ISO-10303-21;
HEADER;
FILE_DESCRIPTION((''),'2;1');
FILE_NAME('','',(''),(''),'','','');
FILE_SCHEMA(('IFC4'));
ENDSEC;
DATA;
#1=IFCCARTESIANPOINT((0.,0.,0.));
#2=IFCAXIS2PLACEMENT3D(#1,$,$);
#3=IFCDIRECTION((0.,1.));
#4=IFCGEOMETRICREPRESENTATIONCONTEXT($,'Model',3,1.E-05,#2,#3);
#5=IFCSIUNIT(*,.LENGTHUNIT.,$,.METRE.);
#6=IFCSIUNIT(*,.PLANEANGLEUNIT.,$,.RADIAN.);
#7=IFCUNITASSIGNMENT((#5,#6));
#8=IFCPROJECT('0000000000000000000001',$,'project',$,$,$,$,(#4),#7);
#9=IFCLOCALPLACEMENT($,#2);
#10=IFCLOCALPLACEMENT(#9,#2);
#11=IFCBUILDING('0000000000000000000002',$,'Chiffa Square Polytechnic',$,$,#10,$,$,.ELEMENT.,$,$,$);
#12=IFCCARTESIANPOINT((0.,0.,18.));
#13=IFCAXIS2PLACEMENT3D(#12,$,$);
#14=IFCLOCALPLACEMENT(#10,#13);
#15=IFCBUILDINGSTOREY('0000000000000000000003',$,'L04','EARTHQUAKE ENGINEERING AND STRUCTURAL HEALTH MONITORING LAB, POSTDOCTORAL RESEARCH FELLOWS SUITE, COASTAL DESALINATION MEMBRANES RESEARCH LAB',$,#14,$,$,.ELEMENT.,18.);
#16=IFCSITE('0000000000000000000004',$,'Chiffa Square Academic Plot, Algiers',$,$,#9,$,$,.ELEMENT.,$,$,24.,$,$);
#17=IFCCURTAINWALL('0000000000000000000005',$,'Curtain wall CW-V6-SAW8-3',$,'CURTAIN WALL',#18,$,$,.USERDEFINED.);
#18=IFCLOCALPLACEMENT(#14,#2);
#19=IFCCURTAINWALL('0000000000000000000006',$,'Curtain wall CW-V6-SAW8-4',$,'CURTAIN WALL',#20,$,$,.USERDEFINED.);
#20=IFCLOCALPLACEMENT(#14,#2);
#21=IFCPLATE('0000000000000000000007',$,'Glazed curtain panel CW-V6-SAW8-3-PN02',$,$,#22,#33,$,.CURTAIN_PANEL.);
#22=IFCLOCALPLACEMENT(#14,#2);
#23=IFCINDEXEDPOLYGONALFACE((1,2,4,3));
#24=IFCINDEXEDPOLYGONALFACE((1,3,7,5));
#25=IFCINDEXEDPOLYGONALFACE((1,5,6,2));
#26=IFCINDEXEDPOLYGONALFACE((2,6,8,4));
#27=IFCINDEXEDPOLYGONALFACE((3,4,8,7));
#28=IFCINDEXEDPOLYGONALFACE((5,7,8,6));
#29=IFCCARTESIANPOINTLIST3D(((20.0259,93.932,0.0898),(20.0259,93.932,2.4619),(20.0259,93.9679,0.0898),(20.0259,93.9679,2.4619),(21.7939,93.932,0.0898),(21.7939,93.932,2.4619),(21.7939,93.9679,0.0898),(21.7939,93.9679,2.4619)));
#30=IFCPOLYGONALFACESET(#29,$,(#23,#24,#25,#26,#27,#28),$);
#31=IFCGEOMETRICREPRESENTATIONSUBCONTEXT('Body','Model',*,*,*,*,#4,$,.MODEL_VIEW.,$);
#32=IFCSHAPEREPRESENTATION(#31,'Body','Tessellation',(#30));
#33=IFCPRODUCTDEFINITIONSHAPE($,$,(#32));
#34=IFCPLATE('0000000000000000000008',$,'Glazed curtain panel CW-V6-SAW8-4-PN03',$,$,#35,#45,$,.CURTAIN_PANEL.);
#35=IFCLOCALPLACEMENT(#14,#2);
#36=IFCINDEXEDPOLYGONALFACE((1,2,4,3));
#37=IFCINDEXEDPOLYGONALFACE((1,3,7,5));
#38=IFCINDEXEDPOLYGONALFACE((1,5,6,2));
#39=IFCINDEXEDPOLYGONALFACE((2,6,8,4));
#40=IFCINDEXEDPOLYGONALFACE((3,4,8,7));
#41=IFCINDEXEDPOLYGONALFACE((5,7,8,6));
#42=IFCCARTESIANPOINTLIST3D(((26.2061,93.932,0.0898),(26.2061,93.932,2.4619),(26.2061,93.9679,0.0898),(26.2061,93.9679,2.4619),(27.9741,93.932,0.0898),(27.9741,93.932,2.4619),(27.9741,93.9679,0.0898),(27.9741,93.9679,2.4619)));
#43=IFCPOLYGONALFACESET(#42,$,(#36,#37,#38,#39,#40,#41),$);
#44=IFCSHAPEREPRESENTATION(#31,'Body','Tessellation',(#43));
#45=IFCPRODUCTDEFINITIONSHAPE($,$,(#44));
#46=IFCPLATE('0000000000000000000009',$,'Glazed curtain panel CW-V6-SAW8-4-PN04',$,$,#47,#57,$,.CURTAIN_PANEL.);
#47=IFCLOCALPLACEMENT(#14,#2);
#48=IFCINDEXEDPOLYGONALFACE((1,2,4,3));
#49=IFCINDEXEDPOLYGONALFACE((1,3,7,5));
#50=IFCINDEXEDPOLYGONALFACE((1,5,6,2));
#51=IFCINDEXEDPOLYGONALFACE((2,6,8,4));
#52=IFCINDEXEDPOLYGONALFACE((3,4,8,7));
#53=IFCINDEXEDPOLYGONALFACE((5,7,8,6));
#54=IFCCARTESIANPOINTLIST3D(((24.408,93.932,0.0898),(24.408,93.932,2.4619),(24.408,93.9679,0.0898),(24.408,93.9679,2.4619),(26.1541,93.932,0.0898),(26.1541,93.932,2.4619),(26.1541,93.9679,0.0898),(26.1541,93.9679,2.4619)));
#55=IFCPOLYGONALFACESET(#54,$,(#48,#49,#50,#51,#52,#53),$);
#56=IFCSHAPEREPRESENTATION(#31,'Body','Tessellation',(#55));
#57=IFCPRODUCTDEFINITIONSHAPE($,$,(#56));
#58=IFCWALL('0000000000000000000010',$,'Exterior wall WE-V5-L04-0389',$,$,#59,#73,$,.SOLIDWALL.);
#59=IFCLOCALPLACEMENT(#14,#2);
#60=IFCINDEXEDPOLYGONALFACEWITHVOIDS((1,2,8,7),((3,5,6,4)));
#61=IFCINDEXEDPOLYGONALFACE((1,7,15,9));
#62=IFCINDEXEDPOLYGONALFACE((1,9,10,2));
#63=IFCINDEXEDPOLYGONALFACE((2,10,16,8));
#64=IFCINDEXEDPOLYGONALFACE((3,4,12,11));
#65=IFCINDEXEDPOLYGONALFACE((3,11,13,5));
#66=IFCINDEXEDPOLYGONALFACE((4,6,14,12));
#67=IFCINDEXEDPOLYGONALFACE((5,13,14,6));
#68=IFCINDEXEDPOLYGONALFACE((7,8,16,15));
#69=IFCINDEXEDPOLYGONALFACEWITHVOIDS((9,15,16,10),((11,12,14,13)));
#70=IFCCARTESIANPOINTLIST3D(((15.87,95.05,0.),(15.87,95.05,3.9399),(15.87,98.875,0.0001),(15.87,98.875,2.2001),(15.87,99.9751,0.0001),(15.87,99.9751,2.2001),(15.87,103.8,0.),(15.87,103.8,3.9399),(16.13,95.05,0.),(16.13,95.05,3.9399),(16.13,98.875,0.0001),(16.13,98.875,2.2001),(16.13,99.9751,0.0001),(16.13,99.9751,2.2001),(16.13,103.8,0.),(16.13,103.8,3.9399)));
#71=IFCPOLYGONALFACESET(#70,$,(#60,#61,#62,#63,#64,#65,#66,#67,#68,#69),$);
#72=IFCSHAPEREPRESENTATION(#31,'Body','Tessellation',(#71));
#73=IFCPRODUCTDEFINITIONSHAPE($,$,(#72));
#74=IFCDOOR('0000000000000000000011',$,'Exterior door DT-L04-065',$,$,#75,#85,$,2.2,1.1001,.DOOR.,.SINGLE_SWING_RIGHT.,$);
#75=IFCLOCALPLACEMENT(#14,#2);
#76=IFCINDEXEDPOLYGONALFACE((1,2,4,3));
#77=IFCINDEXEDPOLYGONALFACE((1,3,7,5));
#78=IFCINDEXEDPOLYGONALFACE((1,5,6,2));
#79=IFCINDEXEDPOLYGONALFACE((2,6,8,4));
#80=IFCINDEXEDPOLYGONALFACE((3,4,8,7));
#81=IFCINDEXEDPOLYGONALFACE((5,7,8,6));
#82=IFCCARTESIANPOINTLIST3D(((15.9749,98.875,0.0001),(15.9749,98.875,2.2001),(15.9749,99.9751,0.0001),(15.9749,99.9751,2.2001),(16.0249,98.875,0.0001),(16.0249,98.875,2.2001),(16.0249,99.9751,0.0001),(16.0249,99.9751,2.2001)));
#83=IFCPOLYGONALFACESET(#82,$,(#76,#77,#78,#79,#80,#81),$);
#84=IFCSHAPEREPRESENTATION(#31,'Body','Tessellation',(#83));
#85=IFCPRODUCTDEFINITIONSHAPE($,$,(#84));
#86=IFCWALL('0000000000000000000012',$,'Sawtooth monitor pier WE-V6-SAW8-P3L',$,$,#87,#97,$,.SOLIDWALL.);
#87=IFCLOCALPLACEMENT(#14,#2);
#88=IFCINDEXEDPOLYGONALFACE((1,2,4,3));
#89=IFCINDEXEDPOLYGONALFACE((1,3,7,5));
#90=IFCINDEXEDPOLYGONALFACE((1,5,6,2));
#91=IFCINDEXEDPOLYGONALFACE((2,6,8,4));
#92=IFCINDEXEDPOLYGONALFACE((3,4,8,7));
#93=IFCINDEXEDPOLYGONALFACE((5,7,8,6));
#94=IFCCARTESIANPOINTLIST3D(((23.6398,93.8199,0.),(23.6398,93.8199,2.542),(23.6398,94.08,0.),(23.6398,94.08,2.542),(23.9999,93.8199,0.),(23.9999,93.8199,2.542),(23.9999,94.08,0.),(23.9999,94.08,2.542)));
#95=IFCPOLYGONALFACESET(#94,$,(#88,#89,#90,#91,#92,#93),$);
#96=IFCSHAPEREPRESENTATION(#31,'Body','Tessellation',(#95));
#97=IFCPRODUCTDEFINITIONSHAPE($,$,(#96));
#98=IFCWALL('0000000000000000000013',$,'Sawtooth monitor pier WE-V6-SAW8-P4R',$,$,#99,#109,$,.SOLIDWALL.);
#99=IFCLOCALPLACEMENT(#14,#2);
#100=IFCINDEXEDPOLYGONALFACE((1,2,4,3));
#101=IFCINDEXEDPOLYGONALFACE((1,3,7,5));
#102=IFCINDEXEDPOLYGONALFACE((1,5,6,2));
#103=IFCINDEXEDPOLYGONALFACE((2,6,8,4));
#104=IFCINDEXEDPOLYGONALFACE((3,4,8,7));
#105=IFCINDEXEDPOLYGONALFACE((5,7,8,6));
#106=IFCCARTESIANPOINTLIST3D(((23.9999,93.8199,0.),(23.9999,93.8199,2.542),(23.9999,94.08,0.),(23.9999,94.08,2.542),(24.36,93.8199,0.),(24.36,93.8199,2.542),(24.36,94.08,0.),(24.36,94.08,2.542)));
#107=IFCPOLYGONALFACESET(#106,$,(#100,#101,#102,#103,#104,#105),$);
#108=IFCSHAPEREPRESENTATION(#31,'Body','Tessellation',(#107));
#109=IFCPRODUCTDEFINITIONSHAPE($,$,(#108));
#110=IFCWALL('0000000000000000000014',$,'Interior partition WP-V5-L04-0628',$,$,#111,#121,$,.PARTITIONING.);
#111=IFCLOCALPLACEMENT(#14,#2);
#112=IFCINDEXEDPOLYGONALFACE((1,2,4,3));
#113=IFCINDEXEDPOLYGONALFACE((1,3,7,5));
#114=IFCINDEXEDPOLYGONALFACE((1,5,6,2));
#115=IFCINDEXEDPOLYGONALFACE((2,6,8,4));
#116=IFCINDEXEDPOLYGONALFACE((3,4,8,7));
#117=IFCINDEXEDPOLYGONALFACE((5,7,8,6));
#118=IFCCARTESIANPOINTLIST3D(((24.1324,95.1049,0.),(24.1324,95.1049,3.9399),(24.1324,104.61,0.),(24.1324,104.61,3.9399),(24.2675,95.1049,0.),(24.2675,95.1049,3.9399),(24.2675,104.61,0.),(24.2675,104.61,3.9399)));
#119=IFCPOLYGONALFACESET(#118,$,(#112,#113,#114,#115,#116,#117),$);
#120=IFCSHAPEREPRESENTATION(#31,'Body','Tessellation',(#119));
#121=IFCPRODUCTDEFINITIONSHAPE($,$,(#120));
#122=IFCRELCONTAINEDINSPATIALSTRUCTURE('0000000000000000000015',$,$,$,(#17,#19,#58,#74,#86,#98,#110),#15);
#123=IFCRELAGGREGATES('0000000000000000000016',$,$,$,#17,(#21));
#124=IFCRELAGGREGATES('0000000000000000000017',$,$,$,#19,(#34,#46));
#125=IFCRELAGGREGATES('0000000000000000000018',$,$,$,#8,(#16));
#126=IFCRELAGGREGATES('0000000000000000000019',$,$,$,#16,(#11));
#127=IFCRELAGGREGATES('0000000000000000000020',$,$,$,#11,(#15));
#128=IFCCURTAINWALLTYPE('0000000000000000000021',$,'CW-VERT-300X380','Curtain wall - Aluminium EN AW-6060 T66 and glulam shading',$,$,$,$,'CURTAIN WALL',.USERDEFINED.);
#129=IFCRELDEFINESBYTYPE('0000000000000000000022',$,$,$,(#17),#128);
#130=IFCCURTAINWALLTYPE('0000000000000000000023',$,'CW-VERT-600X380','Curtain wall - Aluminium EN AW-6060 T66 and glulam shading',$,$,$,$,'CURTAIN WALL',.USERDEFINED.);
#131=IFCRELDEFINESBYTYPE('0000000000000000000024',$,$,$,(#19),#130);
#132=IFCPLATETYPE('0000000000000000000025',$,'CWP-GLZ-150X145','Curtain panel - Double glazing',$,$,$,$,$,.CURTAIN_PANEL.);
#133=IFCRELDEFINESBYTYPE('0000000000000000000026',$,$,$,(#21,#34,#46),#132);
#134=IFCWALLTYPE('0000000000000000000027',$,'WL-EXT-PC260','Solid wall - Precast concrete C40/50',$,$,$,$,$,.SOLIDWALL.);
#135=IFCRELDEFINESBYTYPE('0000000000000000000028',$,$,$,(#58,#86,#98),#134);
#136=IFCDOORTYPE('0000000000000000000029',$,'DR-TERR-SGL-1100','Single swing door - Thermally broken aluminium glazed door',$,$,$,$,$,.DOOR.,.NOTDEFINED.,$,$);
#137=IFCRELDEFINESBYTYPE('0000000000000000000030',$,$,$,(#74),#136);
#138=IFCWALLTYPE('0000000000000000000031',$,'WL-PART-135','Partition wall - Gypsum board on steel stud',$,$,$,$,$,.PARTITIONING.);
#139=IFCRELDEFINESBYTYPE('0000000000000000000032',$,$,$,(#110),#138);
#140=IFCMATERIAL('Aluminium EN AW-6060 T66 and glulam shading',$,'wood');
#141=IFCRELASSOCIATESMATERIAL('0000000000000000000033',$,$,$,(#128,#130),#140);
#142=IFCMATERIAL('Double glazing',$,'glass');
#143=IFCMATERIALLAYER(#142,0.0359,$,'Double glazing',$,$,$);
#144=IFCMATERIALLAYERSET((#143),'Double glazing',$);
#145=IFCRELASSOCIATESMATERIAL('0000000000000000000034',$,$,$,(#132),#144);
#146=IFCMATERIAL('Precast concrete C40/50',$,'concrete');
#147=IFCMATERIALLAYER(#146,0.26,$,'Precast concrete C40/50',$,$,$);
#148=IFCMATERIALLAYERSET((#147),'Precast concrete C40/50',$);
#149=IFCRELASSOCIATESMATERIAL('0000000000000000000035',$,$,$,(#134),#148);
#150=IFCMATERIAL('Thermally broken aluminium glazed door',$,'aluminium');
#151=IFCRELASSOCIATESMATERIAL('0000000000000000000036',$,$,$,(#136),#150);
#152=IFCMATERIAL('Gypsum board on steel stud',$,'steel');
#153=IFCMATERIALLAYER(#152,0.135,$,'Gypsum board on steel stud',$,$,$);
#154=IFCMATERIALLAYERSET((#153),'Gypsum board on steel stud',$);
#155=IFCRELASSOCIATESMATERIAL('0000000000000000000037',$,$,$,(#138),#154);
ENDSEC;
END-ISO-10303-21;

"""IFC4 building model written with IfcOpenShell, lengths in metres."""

from ifc_helpers import new_model, si_unit, direction, frame, frame_2d, origin, origin_2d, place, context, subcontext, project, spatial, rectangle, extrude, material, layer, layer_set, type_object, element, fill, aggregate, save


model = new_model("IFC4")

# Units and contexts
model_context = context("Model", 3, precision=1e-05, world=origin(), true_north=direction((0.0, 1.0)))
body_context = subcontext(model_context, "Body", "Model", "MODEL_VIEW")
ifc_project = project(units=[si_unit("LENGTHUNIT", "METRE"), si_unit("PLANEANGLEUNIT", "RADIAN")], contexts=[model_context])

# Site, building, storey
site_placement = place(None, origin())
site = spatial("IfcSite", under=ifc_project, at=site_placement, Name="Chiffa Square Academic Plot, Algiers", CompositionType="ELEMENT", RefElevation=24.0)
building_placement = place(site_placement, origin())
building = spatial("IfcBuilding", under=site, at=building_placement, Name="Chiffa Square Polytechnic", CompositionType="ELEMENT")
storey_placement = place(building_placement, frame((0.0, 0.0, 18.0)))
storey = spatial("IfcBuildingStorey", under=building, at=storey_placement, Name="L04", Description="EARTHQUAKE ENGINEERING AND STRUCTURAL HEALTH MONITORING LAB, POSTDOCTORAL RESEARCH FELLOWS SUITE, COASTAL DESALINATION MEMBRANES RESEARCH LAB", CompositionType="ELEMENT", Elevation=18.0)

# Curtain walls
ifc_material_1 = material(Name="Aluminium EN AW-6060 T66 and glulam shading", Category="wood")
curtain_wall_type_1 = type_object("IfcCurtainWallType", Name="CW-VERT-300X380", Description="Curtain wall - Aluminium EN AW-6060 T66 and glulam shading", ElementType="CURTAIN WALL", PredefinedType="USERDEFINED", material=ifc_material_1)
curtain_wall_1_placement = place(storey_placement, origin())
curtain_wall_1 = element("IfcCurtainWall", 1, at=curtain_wall_1_placement, inside=storey, type_object=curtain_wall_type_1, Name="Curtain wall CW-V6-SAW8-3", ObjectType="CURTAIN WALL", PredefinedType="USERDEFINED")
curtain_wall_type_2 = type_object("IfcCurtainWallType", Name="CW-VERT-600X380", Description="Curtain wall - Aluminium EN AW-6060 T66 and glulam shading", ElementType="CURTAIN WALL", PredefinedType="USERDEFINED", material=ifc_material_1)
curtain_wall_2_placement = place(storey_placement, origin())
curtain_wall_2 = element("IfcCurtainWall", 2, at=curtain_wall_2_placement, inside=storey, type_object=curtain_wall_type_2, Name="Curtain wall CW-V6-SAW8-4", ObjectType="CURTAIN WALL", PredefinedType="USERDEFINED")

# Plates
ifc_material_2 = material(Name="Double glazing", Category="glass")
ifc_layer_1 = layer(ifc_material_2, 0.0359, Name="Double glazing")
ifc_layer_set_1 = layer_set([ifc_layer_1], Name="Double glazing")
plate_type = type_object("IfcPlateType", Name="CWP-GLZ-150X145", Description="Curtain panel - Double glazing", PredefinedType="CURTAIN_PANEL", material=ifc_layer_set_1)
plate_1_placement = place(storey_placement, frame((20.9099, 93.95, 0.0898), z_axis=(0.0, 0.0, 1.0), x_axis=(-1.0, 0.0, 0.0)))
plate_1 = element("IfcPlate", 3, at=plate_1_placement, type_object=plate_type, Name="Glazed curtain panel CW-V6-SAW8-3-PN02", PredefinedType="CURTAIN_PANEL", context=body_context, shape_type="SweptSolid", body=[
    extrude(rectangle(XDim=1.7681, YDim=0.0359, at=origin_2d()), origin(), (0.0, 0.0, 1.0), 2.3721),
])
aggregate(curtain_wall_1, [plate_1])
plate_2_placement = place(storey_placement, frame((27.0901, 93.95, 0.0898), z_axis=(0.0, 0.0, 1.0), x_axis=(-1.0, 0.0, 0.0)))
plate_2 = element("IfcPlate", 4, at=plate_2_placement, type_object=plate_type, Name="Glazed curtain panel CW-V6-SAW8-4-PN03", PredefinedType="CURTAIN_PANEL", context=body_context, shape_type="SweptSolid", body=[
    extrude(rectangle(XDim=1.7681, YDim=0.0359, at=origin_2d()), origin(), (0.0, 0.0, 1.0), 2.3721),
])
plate_3_placement = place(storey_placement, frame((25.281, 93.95, 0.0898), z_axis=(0.0, 0.0, 1.0), x_axis=(-1.0, 0.0, 0.0)))
plate_3 = element("IfcPlate", 5, at=plate_3_placement, type_object=plate_type, Name="Glazed curtain panel CW-V6-SAW8-4-PN04", PredefinedType="CURTAIN_PANEL", context=body_context, shape_type="SweptSolid", body=[
    extrude(rectangle(XDim=1.7461, YDim=0.0359, at=origin_2d()), origin(), (0.0, 0.0, 1.0), 2.3721),
])
aggregate(curtain_wall_2, [plate_2, plate_3])

# Wall, opening, door
ifc_material_3 = material(Name="Precast concrete C40/50", Category="concrete")
ifc_layer_2 = layer(ifc_material_3, 0.26, Name="Precast concrete C40/50")
ifc_layer_set_2 = layer_set([ifc_layer_2], Name="Precast concrete C40/50")
wall_type_1 = type_object("IfcWallType", Name="WL-EXT-PC260", Description="Solid wall - Precast concrete C40/50", PredefinedType="SOLIDWALL", material=ifc_layer_set_2)
wall_1_placement = place(storey_placement, frame((16.0, 103.8, 0.0), z_axis=(0.0, 0.0, 1.0), x_axis=(0.0, -1.0, 0.0)))
wall_1 = element("IfcWall", 6, at=wall_1_placement, inside=storey, type_object=wall_type_1, Name="Exterior wall WE-V5-L04-0389", PredefinedType="SOLIDWALL", context=body_context, shape_type="SweptSolid", body=[
    extrude(rectangle(XDim=8.75, YDim=0.26, at=frame_2d((4.375, 0.0))), origin(), (0.0, 0.0, 1.0), 3.9399),
])
opening_placement = place(wall_1_placement, frame((3.825, 0.0, 0.0)))
opening = element("IfcOpeningElement", 7, at=opening_placement, cuts=wall_1, PredefinedType="OPENING", context=body_context, shape_type="SweptSolid", body=[
    extrude(rectangle(XDim=1.1001, YDim=2.2, at=frame_2d((0.55, 1.1001))), frame((0.0, 0.1401, 0.0), z_axis=(0.0, -1.0, 0.0), x_axis=(1.0, 0.0, 0.0)), (0.0, 0.0, 1.0), 0.28),
])
ifc_material_4 = material(Name="Thermally broken aluminium glazed door", Category="aluminium")
door_type = type_object("IfcDoorType", Name="DR-TERR-SGL-1100", Description="Single swing door - Thermally broken aluminium glazed door", OperationType="NOTDEFINED", PredefinedType="DOOR", material=ifc_material_4)
door_placement = place(opening_placement, origin())
door = element("IfcDoor", 8, at=door_placement, inside=storey, type_object=door_type, Name="Exterior door DT-L04-065", OperationType="SINGLE_SWING_RIGHT", OverallHeight=2.2, OverallWidth=1.1001, PredefinedType="DOOR", context=body_context, shape_type="SweptSolid", body=[
    extrude(rectangle(XDim=1.1001, YDim=2.2, at=frame_2d((0.55, 1.1001))), frame((0.0, 0.0249, 0.0), z_axis=(0.0, -1.0, 0.0), x_axis=(1.0, 0.0, 0.0)), (0.0, 0.0, 1.0), 0.05),
])
fill(opening, door)

# Walls
for number, where, z_axis, x_axis, name in (
    (9, (24.0, 93.95, 0.0), (0.0, 0.0, 1.0), (-1.0, 0.0, 0.0), "Sawtooth monitor pier WE-V6-SAW8-P3L"),
    (10, (24.3601, 93.95, 0.0), (0.0, 0.0, 1.0), (-1.0, 0.0, 0.0), "Sawtooth monitor pier WE-V6-SAW8-P4R"),
):
    element("IfcWall", number, at=place(storey_placement, frame(where, z_axis=z_axis, x_axis=x_axis)), inside=storey, type_object=wall_type_1, Name=name, PredefinedType="SOLIDWALL", context=body_context, shape_type="SweptSolid", body=[
        extrude(rectangle(XDim=0.3601, YDim=0.26, at=frame_2d((0.1802, 0.0))), origin(), (0.0, 0.0, 1.0), 2.542),
    ])
ifc_material_5 = material(Name="Gypsum board on steel stud", Category="steel")
ifc_layer_3 = layer(ifc_material_5, 0.135, Name="Gypsum board on steel stud")
ifc_layer_set_3 = layer_set([ifc_layer_3], Name="Gypsum board on steel stud")
wall_type_2 = type_object("IfcWallType", Name="WL-PART-135", Description="Partition wall - Gypsum board on steel stud", PredefinedType="PARTITIONING", material=ifc_layer_set_3)
wall_2_placement = place(storey_placement, frame((24.2, 95.105, 0.0), z_axis=(0.0, 0.0, 1.0), x_axis=(0.0, 1.0, 0.0)))
element("IfcWall", 11, at=wall_2_placement, inside=storey, type_object=wall_type_2, Name="Interior partition WP-V5-L04-0628", PredefinedType="PARTITIONING", context=body_context, shape_type="SweptSolid", body=[
    extrude(rectangle(XDim=9.5051, YDim=0.135, at=frame_2d((4.7524, 0.0))), origin(), (0.0, 0.0, 1.0), 3.9399),
])

save(model, "model.ifc")
